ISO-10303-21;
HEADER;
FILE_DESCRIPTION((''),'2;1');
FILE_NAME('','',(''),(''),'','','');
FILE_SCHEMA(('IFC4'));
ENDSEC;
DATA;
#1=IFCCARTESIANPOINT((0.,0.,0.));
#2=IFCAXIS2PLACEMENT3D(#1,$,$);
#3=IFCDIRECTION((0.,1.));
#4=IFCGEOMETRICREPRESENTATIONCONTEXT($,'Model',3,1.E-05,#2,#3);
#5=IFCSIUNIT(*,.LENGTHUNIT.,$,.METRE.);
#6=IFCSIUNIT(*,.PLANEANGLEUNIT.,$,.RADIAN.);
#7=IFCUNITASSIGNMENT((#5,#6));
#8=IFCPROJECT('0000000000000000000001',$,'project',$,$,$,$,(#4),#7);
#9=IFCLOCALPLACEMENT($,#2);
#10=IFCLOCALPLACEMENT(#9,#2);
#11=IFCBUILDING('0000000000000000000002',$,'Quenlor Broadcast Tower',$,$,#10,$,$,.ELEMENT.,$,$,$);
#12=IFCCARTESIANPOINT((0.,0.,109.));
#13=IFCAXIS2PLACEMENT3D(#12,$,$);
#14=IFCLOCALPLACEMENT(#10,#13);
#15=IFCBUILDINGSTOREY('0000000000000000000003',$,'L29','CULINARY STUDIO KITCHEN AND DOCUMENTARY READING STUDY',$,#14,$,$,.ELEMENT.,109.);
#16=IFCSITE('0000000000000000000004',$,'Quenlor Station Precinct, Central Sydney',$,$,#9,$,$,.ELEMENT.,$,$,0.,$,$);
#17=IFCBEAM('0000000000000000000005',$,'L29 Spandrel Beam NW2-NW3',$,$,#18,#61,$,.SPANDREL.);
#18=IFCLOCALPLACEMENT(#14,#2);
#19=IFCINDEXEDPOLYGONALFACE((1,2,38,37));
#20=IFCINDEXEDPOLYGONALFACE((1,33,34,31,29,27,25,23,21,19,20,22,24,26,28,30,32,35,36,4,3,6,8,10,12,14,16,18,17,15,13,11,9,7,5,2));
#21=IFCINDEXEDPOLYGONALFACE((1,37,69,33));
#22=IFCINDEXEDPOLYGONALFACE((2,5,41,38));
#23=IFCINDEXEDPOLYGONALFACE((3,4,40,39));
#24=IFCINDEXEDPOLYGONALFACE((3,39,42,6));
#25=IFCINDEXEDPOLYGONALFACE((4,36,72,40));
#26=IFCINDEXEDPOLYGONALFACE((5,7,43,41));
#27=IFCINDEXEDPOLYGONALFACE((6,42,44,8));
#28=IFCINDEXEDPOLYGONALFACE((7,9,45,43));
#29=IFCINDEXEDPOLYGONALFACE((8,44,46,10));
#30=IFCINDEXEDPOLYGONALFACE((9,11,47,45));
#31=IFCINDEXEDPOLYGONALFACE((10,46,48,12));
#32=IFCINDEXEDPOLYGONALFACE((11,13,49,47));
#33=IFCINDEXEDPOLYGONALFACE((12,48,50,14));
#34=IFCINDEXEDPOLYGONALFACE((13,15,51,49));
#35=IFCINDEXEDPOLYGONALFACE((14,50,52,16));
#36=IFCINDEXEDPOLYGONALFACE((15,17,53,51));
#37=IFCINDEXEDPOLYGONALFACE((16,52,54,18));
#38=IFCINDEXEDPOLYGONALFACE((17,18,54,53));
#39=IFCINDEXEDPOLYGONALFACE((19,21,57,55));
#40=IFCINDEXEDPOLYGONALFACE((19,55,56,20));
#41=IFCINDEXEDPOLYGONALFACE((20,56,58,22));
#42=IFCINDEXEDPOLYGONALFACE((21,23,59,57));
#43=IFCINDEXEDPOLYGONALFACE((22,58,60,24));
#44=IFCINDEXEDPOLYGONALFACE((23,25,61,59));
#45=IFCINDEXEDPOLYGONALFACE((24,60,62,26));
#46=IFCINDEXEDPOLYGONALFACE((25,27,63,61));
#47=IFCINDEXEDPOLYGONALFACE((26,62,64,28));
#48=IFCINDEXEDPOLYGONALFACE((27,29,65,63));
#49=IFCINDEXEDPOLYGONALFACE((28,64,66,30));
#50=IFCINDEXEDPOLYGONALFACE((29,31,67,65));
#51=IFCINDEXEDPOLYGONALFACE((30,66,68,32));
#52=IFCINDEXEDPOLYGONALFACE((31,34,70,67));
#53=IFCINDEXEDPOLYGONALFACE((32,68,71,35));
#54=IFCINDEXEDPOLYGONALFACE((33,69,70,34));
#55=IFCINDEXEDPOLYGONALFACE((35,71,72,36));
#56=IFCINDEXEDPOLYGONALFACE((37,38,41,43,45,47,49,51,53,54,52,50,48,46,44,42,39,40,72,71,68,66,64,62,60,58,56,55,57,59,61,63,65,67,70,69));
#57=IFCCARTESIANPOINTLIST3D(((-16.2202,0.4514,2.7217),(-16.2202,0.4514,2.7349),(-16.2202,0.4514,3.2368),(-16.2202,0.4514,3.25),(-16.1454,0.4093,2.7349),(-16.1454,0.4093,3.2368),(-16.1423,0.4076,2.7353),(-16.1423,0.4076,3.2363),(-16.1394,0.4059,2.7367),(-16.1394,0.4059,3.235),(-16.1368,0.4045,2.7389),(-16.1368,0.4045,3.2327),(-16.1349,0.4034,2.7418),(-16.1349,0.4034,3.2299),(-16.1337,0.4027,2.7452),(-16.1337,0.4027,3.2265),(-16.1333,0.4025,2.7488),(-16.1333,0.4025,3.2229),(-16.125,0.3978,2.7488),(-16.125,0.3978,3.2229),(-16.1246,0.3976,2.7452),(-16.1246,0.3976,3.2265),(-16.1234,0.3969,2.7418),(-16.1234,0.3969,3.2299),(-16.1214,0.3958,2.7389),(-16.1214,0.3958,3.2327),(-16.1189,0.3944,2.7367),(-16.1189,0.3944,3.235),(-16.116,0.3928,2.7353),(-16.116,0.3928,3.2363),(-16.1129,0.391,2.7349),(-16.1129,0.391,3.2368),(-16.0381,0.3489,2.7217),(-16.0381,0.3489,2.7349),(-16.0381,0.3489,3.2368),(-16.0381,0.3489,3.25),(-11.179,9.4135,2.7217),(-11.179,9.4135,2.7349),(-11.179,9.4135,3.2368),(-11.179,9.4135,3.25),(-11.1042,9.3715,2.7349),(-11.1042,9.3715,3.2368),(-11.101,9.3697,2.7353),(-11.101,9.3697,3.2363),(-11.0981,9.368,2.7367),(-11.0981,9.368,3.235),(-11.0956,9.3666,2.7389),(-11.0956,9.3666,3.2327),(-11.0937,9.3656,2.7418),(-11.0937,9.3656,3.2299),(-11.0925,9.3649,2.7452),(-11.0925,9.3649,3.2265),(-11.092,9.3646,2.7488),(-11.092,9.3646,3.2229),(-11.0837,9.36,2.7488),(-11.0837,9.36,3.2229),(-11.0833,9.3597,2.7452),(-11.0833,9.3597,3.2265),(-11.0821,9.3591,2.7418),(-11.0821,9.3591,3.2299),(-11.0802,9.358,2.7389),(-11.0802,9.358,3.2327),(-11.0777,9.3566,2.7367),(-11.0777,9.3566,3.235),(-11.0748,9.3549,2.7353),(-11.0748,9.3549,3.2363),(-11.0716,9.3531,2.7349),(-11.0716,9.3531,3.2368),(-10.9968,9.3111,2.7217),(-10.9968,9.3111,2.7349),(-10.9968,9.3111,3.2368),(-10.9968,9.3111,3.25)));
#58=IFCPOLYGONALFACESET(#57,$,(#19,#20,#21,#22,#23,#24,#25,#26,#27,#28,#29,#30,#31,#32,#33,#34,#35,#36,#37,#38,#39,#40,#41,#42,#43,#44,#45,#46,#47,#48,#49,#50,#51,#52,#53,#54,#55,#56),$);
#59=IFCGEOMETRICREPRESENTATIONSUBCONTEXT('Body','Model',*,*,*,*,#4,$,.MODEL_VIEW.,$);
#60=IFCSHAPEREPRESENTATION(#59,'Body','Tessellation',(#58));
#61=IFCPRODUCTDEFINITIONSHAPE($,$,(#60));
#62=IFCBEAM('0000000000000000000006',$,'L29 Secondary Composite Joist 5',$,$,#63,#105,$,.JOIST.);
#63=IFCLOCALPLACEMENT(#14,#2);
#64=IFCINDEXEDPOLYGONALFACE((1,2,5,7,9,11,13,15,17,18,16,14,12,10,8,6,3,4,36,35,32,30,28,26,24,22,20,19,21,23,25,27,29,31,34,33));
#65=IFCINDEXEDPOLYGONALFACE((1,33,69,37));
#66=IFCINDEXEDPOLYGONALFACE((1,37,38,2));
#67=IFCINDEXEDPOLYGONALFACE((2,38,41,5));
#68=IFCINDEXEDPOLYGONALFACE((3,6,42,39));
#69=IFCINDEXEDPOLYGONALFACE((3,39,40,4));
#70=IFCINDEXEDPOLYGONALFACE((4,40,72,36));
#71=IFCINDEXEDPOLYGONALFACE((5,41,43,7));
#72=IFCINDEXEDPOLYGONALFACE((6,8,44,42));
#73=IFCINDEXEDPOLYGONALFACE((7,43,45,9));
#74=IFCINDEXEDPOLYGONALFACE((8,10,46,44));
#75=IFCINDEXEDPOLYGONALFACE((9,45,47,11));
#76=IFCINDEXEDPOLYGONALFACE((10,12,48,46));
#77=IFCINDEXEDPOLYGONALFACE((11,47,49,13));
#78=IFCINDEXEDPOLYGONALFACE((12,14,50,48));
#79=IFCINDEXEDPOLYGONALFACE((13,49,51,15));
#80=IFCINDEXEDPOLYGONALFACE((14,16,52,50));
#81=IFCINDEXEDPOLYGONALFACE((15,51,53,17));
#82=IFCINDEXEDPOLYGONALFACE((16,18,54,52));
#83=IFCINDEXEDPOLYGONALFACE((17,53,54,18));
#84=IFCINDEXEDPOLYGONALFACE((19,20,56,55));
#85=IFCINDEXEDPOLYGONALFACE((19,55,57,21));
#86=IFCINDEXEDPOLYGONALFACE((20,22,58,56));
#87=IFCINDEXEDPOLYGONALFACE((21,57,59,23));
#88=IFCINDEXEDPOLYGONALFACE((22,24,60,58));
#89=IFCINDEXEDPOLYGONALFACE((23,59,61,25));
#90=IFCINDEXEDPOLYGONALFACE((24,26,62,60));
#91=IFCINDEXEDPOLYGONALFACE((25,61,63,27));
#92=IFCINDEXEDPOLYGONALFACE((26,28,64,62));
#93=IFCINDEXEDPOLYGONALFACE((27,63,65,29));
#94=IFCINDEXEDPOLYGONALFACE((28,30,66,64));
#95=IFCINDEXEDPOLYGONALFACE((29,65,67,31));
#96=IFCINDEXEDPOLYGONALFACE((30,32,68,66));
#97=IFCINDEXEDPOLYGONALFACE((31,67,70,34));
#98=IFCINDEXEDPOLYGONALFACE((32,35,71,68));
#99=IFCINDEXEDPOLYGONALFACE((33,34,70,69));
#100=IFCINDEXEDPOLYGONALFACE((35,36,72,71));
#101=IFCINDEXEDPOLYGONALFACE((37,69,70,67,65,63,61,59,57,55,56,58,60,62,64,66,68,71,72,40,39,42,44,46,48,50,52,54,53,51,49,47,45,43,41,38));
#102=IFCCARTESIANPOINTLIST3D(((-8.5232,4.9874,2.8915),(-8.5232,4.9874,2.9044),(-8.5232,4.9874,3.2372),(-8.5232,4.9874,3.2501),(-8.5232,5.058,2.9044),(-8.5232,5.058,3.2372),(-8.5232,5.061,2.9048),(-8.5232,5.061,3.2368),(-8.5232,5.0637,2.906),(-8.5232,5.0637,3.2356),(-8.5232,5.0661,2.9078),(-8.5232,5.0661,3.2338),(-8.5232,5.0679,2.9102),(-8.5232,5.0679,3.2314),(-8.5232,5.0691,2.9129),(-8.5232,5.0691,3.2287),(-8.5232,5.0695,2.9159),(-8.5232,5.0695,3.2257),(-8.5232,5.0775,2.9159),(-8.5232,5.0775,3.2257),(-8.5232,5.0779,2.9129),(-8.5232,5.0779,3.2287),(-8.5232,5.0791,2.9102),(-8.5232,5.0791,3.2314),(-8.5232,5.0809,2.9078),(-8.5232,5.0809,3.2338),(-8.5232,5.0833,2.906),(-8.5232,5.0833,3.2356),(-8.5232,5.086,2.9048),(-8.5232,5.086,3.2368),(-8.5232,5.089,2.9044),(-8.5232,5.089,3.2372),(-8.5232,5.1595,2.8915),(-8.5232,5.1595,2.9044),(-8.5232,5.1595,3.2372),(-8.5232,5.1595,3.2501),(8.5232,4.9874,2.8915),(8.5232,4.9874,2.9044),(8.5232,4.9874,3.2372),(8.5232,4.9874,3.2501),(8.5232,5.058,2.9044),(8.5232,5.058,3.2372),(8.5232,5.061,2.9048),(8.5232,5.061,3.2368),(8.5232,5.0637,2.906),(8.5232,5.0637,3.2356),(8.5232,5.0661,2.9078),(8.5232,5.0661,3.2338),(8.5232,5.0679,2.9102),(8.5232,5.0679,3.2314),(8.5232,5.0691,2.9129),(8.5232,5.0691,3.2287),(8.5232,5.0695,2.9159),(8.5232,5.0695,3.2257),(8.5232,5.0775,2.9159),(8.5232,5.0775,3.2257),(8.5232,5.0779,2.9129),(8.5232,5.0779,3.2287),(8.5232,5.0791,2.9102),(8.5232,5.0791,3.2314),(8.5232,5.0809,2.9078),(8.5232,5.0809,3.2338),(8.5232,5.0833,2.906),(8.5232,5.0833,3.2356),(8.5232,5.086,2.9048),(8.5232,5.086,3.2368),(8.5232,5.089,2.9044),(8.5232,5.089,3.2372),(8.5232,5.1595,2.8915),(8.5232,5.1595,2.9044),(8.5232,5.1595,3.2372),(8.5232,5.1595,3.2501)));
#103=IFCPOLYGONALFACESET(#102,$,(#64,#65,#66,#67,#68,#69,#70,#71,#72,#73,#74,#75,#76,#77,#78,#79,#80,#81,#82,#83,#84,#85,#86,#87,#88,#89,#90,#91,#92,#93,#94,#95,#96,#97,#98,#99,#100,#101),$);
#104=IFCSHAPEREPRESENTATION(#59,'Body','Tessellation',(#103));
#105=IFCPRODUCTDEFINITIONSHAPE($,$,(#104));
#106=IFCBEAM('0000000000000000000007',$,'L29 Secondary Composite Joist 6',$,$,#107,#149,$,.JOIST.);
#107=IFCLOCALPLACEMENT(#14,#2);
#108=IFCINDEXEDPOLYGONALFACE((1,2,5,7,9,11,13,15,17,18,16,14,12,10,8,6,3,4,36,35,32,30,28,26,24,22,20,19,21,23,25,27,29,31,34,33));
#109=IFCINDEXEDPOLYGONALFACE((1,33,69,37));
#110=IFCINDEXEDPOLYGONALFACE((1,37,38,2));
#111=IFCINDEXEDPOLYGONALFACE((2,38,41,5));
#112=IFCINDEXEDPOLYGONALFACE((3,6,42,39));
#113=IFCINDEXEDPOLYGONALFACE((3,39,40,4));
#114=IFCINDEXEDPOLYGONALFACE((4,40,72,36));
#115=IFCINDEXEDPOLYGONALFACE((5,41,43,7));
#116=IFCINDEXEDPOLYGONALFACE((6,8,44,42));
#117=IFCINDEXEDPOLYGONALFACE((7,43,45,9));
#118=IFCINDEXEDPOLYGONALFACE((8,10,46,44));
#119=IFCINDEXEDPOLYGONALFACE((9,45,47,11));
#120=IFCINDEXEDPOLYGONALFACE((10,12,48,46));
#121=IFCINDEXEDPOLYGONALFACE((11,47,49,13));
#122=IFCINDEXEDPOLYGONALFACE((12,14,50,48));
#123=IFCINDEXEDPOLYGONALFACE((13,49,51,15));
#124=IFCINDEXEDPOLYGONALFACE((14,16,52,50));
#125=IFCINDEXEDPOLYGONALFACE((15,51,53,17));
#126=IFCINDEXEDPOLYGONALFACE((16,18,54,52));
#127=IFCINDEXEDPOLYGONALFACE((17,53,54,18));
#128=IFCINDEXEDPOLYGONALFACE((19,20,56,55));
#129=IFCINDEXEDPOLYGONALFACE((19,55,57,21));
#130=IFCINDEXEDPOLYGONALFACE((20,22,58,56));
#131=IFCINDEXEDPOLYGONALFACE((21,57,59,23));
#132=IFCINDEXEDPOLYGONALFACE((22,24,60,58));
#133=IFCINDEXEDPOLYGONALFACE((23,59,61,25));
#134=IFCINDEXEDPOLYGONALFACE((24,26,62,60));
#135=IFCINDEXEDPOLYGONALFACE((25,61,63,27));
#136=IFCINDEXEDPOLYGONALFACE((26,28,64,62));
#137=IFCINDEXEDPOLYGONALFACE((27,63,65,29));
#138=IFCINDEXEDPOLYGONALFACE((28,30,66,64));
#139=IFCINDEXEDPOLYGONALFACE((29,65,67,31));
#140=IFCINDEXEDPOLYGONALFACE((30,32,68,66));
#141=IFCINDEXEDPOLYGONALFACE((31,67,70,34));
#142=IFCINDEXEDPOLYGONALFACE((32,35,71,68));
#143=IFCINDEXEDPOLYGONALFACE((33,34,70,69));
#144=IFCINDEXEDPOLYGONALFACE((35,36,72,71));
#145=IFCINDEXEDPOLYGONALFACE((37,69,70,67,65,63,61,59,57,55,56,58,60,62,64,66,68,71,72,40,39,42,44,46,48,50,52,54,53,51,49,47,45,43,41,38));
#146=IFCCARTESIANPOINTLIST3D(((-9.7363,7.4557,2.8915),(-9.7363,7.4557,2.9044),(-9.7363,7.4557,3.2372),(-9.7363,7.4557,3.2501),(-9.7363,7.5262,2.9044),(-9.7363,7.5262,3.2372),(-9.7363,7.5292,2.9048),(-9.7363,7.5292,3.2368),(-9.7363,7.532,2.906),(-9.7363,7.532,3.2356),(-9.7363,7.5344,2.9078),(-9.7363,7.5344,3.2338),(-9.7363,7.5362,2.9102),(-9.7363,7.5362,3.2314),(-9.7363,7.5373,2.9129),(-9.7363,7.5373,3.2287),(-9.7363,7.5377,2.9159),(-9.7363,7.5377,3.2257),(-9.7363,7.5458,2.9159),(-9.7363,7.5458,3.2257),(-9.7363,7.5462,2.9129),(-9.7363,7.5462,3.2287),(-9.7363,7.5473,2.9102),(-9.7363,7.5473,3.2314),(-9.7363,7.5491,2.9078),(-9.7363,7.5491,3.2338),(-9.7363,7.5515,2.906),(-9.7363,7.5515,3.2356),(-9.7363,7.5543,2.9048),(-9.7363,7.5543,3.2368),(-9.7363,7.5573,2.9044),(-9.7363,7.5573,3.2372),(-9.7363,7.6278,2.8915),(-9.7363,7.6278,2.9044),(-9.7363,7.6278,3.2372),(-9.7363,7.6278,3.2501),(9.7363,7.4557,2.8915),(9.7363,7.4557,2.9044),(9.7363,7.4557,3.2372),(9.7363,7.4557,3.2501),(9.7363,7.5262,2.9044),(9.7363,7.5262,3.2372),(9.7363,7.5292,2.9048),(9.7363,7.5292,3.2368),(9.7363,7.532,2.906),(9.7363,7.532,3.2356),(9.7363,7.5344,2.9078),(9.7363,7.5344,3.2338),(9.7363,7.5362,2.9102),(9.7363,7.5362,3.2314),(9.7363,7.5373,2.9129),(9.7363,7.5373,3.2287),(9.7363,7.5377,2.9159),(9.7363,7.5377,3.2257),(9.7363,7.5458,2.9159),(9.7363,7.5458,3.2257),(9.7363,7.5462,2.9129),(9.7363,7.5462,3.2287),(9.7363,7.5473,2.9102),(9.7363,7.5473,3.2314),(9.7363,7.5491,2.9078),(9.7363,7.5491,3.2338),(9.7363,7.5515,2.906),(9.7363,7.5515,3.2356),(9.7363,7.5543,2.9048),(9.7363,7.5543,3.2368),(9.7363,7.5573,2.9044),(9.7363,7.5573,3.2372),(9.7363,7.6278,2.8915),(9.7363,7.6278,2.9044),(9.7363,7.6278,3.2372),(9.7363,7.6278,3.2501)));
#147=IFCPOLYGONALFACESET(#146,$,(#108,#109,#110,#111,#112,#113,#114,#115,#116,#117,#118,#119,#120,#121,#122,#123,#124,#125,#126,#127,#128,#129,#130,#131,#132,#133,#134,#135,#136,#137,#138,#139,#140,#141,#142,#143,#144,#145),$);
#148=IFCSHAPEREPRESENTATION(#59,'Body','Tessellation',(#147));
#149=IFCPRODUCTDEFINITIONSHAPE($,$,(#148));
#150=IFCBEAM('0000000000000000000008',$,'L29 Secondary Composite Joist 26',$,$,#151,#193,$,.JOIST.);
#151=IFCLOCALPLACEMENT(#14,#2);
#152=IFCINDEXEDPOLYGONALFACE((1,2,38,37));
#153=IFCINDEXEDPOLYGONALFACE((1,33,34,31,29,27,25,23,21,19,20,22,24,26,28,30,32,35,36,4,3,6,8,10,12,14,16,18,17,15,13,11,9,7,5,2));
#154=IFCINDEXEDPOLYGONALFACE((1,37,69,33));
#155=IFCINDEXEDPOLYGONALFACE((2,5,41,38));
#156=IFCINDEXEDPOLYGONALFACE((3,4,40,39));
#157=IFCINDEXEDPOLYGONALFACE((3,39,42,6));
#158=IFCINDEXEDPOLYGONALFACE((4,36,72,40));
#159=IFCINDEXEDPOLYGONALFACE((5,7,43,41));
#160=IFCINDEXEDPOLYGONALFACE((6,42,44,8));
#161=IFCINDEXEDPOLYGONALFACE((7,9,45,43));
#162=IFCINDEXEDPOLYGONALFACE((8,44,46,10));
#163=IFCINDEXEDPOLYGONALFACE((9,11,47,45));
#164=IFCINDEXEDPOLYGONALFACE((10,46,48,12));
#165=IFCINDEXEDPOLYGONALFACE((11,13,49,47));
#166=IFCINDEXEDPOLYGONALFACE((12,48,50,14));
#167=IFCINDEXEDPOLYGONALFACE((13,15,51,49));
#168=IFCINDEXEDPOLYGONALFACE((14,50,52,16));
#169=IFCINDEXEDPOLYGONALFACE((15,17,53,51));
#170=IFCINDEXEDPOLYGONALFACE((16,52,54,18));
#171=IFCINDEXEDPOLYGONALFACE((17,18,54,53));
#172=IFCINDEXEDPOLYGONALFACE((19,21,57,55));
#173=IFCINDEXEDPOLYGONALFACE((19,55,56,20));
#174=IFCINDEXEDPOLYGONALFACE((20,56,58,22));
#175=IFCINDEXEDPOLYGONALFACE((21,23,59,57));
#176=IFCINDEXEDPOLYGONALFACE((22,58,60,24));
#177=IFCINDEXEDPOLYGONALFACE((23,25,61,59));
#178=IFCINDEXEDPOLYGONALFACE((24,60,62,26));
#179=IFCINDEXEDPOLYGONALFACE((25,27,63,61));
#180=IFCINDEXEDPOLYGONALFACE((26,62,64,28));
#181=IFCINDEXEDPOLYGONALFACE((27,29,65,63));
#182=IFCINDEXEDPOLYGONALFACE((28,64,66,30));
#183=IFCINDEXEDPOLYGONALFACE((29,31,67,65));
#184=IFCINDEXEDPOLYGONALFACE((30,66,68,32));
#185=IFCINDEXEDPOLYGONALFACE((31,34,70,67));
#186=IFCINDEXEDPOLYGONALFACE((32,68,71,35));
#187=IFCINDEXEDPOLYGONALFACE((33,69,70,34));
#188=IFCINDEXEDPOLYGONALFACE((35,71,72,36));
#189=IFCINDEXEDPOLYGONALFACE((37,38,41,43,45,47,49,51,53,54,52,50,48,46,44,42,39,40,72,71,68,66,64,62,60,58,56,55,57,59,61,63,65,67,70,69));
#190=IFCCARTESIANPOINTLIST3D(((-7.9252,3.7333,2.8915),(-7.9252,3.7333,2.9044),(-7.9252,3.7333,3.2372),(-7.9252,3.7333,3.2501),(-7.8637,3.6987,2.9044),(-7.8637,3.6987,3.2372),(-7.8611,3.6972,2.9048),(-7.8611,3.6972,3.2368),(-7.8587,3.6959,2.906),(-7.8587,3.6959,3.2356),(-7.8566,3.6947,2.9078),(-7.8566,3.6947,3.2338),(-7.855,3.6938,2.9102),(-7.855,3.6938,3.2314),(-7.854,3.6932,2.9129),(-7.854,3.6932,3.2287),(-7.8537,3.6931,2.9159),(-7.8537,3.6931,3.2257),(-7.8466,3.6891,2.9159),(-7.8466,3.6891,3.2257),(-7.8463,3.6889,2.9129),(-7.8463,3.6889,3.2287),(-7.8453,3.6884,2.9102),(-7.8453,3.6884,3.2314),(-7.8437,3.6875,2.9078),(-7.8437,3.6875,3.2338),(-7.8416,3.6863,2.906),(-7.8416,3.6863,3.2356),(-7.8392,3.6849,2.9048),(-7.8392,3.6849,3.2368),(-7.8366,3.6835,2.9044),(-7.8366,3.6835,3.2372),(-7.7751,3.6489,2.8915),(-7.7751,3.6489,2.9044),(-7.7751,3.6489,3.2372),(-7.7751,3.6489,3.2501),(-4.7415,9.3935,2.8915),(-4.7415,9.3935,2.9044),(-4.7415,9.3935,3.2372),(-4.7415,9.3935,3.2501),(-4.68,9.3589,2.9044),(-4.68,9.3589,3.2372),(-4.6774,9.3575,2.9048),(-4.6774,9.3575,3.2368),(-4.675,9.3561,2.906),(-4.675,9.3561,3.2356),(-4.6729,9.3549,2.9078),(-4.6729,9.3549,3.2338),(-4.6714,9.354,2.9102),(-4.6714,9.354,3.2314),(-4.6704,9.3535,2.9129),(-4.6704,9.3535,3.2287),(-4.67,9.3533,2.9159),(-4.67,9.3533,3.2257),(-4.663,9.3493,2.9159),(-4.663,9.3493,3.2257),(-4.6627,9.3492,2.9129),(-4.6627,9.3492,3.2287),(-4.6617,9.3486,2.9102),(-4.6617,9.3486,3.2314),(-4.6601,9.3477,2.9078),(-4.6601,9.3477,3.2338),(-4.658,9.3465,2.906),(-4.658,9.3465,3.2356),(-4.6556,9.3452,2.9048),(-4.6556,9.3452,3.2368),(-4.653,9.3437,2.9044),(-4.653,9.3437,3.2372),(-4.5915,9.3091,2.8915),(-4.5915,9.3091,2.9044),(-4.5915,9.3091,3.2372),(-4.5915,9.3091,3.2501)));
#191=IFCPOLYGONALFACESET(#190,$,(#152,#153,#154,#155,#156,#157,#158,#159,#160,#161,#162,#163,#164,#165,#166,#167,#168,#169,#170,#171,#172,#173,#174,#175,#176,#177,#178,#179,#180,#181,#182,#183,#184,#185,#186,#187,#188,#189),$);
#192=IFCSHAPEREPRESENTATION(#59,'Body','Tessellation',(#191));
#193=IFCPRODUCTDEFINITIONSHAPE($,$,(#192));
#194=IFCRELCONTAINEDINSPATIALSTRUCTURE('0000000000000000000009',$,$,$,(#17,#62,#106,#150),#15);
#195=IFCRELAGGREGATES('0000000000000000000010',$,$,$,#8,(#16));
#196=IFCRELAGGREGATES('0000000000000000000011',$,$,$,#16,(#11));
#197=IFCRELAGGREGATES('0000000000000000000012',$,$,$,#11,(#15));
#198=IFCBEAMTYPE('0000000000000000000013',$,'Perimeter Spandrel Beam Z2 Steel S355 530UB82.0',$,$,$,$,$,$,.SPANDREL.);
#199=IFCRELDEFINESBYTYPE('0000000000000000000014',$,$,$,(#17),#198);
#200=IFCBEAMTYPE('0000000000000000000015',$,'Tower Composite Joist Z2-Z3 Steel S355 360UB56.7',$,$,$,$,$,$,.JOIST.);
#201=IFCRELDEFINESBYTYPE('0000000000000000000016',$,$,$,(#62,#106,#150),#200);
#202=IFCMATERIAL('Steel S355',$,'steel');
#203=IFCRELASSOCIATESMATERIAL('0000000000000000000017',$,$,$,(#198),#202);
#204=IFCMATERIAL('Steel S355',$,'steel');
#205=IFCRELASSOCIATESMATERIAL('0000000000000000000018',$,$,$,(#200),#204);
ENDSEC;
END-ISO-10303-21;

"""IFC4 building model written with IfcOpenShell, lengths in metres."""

from ifc_helpers import new_model, si_unit, direction, frame, origin, origin_2d, place, context, subcontext, project, spatial, i_section, extrude, material, material_profile, profile_set, type_object, element, save


model = new_model("IFC4")

# Units and contexts
model_context = context("Model", 3, precision=1e-05, world=origin(), true_north=direction((0.0, 1.0)))
body_context = subcontext(model_context, "Body", "Model", "MODEL_VIEW")
ifc_project = project(units=[si_unit("LENGTHUNIT", "METRE"), si_unit("PLANEANGLEUNIT", "RADIAN")], contexts=[model_context])

# Site, building, storey
site_placement = place(None, origin())
site = spatial("IfcSite", under=ifc_project, at=site_placement, Name="Quenlor Station Precinct, Central Sydney", CompositionType="ELEMENT", RefElevation=0.0)
building_placement = place(site_placement, origin())
building = spatial("IfcBuilding", under=site, at=building_placement, Name="Quenlor Broadcast Tower", CompositionType="ELEMENT")
storey_placement = place(building_placement, frame((0.0, 0.0, 109.0)))
storey = spatial("IfcBuildingStorey", under=building, at=storey_placement, Name="L29", Description="CULINARY STUDIO KITCHEN AND DOCUMENTARY READING STUDY", CompositionType="ELEMENT", Elevation=109.0)

# Beams
ifc_material_1 = material(Name="Steel S355", Category="steel")
ifc_material_profile_1 = material_profile(ifc_material_1, i_section(OverallWidth=0.209, OverallDepth=0.5283, WebThickness=0.0095, FlangeThickness=0.0132, FilletRadius=0.0139, at=origin_2d()))
ifc_profile_set_1 = profile_set([ifc_material_profile_1], Name="Steel S355 530UB82.0")
beam_type_1 = type_object("IfcBeamType", Name="Perimeter Spandrel Beam Z2 Steel S355 530UB82.0", PredefinedType="SPANDREL", material=ifc_profile_set_1)
beam_1_placement = place(storey_placement, frame((-11.0879, 9.3623, 2.9858), z_axis=(-0.490265, -0.871574, 0.0), x_axis=(0.871574, -0.490265, 0.0)))
element("IfcBeam", 1, at=beam_1_placement, inside=storey, type_object=beam_type_1, Name="L29 Spandrel Beam NW2-NW3", PredefinedType="SPANDREL", context=body_context, shape_type="SweptSolid", body=[
    extrude(i_section(OverallWidth=0.209, OverallDepth=0.5283, WebThickness=0.0095, FlangeThickness=0.0132, FilletRadius=0.0139, at=origin_2d()), origin(), (0.0, 0.0, 1.0), 10.2827),
])
ifc_material_2 = material(Name="Steel S355", Category="steel")
ifc_material_profile_2 = material_profile(ifc_material_2, i_section(OverallWidth=0.1721, OverallDepth=0.3586, WebThickness=0.0081, FlangeThickness=0.0129, FilletRadius=0.0115, at=origin_2d()))
ifc_profile_set_2 = profile_set([ifc_material_profile_2], Name="Steel S355 360UB56.7")
beam_type_2 = type_object("IfcBeamType", Name="Tower Composite Joist Z2-Z3 Steel S355 360UB56.7", PredefinedType="JOIST", material=ifc_profile_set_2)
beam_2_placement = place(storey_placement, frame((-8.5232, 5.0735, 3.0708), z_axis=(1.0, 0.0, 0.0), x_axis=(0.0, 1.0, 0.0)))
element("IfcBeam", 2, at=beam_2_placement, inside=storey, type_object=beam_type_2, Name="L29 Secondary Composite Joist 5", PredefinedType="JOIST", context=body_context, shape_type="SweptSolid", body=[
    extrude(i_section(OverallWidth=0.1721, OverallDepth=0.3586, WebThickness=0.0081, FlangeThickness=0.0129, FilletRadius=0.0115, at=origin_2d()), origin(), (0.0, 0.0, 1.0), 17.0464),
])
beam_3_placement = place(storey_placement, frame((-9.7363, 7.5417, 3.0708), z_axis=(1.0, 0.0, 0.0), x_axis=(0.0, 1.0, 0.0)))
element("IfcBeam", 3, at=beam_3_placement, inside=storey, type_object=beam_type_2, Name="L29 Secondary Composite Joist 6", PredefinedType="JOIST", context=body_context, shape_type="SweptSolid", body=[
    extrude(i_section(OverallWidth=0.1721, OverallDepth=0.3586, WebThickness=0.0081, FlangeThickness=0.0129, FilletRadius=0.0115, at=origin_2d()), origin(), (0.0, 0.0, 1.0), 19.4727),
])
beam_4_placement = place(storey_placement, frame((-4.6665, 9.3513, 3.0708), z_axis=(-0.490233, -0.871592, 0.0), x_axis=(0.871592, -0.490233, 0.0)))
element("IfcBeam", 4, at=beam_4_placement, inside=storey, type_object=beam_type_2, Name="L29 Secondary Composite Joist 26", PredefinedType="JOIST", context=body_context, shape_type="SweptSolid", body=[
    extrude(i_section(OverallWidth=0.1721, OverallDepth=0.3586, WebThickness=0.0081, FlangeThickness=0.0129, FilletRadius=0.0115, at=origin_2d()), origin(), (0.0, 0.0, 1.0), 6.4941),
])

save(model, "model.ifc")
